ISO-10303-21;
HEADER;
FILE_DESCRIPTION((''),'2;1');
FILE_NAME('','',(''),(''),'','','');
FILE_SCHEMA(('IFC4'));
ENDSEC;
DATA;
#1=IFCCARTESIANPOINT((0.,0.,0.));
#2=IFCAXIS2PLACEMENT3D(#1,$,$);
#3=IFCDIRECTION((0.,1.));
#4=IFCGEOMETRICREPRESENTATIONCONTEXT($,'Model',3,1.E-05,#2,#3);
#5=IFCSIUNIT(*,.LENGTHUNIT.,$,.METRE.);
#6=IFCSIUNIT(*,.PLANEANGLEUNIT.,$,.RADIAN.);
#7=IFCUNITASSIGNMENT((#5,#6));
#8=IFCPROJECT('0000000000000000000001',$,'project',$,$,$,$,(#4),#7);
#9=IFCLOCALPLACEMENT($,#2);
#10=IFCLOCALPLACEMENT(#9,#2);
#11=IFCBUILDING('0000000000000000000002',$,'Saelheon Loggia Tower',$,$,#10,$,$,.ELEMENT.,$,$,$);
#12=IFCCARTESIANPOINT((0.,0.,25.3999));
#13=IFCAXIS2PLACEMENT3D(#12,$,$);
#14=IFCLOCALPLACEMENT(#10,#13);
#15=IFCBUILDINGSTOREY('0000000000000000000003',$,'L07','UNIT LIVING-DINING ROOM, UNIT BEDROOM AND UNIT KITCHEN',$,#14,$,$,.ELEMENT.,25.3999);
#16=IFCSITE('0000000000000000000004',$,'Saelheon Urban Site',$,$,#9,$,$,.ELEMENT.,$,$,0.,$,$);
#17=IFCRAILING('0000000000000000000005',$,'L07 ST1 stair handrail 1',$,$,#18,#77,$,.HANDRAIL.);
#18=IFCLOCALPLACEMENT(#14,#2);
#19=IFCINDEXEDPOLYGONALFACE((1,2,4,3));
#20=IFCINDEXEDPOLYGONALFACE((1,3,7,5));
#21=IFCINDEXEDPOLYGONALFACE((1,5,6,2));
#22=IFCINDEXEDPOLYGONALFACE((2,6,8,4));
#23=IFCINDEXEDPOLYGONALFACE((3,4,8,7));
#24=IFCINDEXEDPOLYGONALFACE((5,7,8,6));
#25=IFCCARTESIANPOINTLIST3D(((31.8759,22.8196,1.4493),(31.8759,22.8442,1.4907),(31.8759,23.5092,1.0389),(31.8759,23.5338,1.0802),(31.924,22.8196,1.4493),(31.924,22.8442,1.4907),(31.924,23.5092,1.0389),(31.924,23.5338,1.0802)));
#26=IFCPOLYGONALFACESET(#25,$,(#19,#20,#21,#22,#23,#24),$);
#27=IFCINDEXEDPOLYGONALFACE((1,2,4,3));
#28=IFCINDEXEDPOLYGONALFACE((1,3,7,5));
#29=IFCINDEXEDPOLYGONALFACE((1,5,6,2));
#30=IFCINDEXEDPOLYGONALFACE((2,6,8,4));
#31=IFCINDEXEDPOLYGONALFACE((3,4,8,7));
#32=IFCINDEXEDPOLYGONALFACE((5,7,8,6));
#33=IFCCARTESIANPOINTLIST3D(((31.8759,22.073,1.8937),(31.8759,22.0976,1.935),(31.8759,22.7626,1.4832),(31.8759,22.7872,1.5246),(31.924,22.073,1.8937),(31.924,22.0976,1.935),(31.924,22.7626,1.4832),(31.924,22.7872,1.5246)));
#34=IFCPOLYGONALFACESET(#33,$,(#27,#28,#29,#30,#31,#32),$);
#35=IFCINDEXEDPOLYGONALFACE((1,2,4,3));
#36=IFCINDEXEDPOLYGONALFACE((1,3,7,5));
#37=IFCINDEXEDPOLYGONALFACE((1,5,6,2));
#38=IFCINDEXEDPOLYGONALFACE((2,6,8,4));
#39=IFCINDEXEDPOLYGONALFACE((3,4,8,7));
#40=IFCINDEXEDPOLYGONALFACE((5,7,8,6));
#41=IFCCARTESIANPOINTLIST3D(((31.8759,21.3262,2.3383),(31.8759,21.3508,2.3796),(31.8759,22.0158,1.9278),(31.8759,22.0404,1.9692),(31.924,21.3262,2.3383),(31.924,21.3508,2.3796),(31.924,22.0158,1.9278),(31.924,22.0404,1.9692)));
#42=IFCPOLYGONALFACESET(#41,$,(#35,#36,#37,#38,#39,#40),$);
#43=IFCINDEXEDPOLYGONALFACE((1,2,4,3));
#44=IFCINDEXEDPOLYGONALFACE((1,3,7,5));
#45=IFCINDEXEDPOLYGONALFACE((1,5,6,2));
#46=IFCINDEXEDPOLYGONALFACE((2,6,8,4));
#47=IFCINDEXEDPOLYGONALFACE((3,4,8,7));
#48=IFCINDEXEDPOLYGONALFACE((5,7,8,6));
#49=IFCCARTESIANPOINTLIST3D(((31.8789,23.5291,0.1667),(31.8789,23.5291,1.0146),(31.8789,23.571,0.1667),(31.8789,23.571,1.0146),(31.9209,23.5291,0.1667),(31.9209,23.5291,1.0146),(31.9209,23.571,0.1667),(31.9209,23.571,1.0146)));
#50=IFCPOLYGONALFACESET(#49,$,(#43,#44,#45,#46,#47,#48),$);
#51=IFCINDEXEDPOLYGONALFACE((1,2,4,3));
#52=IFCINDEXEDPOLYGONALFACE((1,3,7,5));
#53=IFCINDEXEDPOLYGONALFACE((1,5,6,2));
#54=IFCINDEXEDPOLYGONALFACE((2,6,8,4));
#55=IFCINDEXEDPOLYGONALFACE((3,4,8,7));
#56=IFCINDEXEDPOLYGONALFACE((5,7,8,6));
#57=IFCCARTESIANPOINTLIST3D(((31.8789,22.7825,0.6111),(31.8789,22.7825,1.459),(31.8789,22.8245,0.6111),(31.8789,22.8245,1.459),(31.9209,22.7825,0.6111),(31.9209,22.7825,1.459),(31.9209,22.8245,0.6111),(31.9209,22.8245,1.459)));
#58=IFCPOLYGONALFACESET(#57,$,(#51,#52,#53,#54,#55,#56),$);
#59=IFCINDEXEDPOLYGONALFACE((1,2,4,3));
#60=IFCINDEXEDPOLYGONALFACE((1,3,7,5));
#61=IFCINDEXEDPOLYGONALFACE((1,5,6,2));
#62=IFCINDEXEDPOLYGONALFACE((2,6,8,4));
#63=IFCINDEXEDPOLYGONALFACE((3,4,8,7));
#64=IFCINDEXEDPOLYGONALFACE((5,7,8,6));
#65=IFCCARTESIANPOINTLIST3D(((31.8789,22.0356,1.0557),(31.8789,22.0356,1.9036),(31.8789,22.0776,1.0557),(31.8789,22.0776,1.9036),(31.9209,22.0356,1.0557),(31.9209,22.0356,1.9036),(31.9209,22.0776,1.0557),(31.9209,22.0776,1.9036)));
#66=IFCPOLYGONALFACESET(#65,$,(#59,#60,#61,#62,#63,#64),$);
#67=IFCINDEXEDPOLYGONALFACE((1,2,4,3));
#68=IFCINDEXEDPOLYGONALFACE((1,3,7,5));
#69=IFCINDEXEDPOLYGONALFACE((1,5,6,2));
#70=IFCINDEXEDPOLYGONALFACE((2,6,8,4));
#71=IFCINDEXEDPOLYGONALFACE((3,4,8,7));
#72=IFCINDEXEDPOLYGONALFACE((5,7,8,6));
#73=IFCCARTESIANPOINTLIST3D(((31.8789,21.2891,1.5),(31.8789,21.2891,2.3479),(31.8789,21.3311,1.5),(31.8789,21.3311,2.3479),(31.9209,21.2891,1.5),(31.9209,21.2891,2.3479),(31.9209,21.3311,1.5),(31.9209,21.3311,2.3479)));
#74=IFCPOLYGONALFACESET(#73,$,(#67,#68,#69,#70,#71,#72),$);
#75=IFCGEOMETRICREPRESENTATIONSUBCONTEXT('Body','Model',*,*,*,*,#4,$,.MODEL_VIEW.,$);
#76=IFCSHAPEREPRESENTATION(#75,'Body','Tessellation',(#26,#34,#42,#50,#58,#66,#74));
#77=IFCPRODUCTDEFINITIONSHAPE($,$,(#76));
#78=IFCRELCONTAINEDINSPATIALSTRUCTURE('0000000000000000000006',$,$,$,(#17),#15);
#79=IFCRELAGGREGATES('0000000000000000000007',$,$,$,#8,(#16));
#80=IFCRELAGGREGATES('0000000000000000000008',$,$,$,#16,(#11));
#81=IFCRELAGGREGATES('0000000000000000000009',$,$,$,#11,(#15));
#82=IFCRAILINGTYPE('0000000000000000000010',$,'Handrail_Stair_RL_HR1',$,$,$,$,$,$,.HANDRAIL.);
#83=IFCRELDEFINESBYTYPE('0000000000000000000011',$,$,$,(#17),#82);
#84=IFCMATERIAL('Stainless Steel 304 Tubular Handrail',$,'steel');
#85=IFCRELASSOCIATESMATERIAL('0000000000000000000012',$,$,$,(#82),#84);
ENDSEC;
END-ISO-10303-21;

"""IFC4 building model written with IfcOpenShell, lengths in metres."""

from ifc_helpers import new_model, si_unit, direction, frame, origin, origin_2d, place, context, subcontext, project, spatial, rectangle, extrude, material, type_object, element, save


model = new_model("IFC4")

# Units and contexts
model_context = context("Model", 3, precision=1e-05, world=origin(), true_north=direction((0.0, 1.0)))
body_context = subcontext(model_context, "Body", "Model", "MODEL_VIEW")
ifc_project = project(units=[si_unit("LENGTHUNIT", "METRE"), si_unit("PLANEANGLEUNIT", "RADIAN")], contexts=[model_context])

# Site, building, storey
site_placement = place(None, origin())
site = spatial("IfcSite", under=ifc_project, at=site_placement, Name="Saelheon Urban Site", CompositionType="ELEMENT", RefElevation=0.0)
building_placement = place(site_placement, origin())
building = spatial("IfcBuilding", under=site, at=building_placement, Name="Saelheon Loggia Tower", CompositionType="ELEMENT")
storey_placement = place(building_placement, frame((0.0, 0.0, 25.3999)))
storey = spatial("IfcBuildingStorey", under=building, at=storey_placement, Name="L07", Description="UNIT LIVING-DINING ROOM, UNIT BEDROOM AND UNIT KITCHEN", CompositionType="ELEMENT", Elevation=25.3999)

# Railing
ifc_material_1 = material(Name="Stainless Steel 304 Tubular Handrail", Category="steel")
railing_type_1 = type_object("IfcRailingType", Name="Handrail_Stair_RL_HR1", PredefinedType="HANDRAIL", material=ifc_material_1)
railing_1_placement = place(storey_placement, frame((31.8999, 23.55, 0.1667)))
element("IfcRailing", 1, at=railing_1_placement, inside=storey, type_object=railing_type_1, Name="L07 ST1 stair handrail 1", PredefinedType="HANDRAIL", context=body_context, shape_type="SweptSolid", body=[
    extrude(rectangle(XDim=0.0481, YDim=0.0481, at=origin_2d()), frame((0.0, -0.0286, 0.8928), z_axis=(0.0, -0.859306, 0.511462), x_axis=(1.0, 0.0, 0.0)), (0.0, 0.0, 1.0), 0.8025),
    extrude(rectangle(XDim=0.0481, YDim=0.0481, at=origin_2d()), frame((0.0, -0.7751, 1.3372), z_axis=(0.0, -0.859306, 0.511462), x_axis=(1.0, 0.0, 0.0)), (0.0, 0.0, 1.0), 0.8025),
    extrude(rectangle(XDim=0.0481, YDim=0.0481, at=origin_2d()), frame((0.0, -1.522, 1.7817), z_axis=(0.0, -0.859306, 0.511462), x_axis=(1.0, 0.0, 0.0)), (0.0, 0.0, 1.0), 0.8025),
    extrude(rectangle(XDim=0.042, YDim=0.042, at=origin_2d()), origin(), (0.0, 0.0, 1.0), 0.8479),
    extrude(rectangle(XDim=0.042, YDim=0.042, at=origin_2d()), frame((0.0, -0.7466, 0.4443)), (0.0, 0.0, 1.0), 0.8479),
    extrude(rectangle(XDim=0.042, YDim=0.042, at=origin_2d()), frame((0.0, -1.4934, 0.8889)), (0.0, 0.0, 1.0), 0.8479),
    extrude(rectangle(XDim=0.042, YDim=0.042, at=origin_2d()), frame((0.0, -2.24, 1.3333)), (0.0, 0.0, 1.0), 0.8479),
])

save(model, "model.ifc")
